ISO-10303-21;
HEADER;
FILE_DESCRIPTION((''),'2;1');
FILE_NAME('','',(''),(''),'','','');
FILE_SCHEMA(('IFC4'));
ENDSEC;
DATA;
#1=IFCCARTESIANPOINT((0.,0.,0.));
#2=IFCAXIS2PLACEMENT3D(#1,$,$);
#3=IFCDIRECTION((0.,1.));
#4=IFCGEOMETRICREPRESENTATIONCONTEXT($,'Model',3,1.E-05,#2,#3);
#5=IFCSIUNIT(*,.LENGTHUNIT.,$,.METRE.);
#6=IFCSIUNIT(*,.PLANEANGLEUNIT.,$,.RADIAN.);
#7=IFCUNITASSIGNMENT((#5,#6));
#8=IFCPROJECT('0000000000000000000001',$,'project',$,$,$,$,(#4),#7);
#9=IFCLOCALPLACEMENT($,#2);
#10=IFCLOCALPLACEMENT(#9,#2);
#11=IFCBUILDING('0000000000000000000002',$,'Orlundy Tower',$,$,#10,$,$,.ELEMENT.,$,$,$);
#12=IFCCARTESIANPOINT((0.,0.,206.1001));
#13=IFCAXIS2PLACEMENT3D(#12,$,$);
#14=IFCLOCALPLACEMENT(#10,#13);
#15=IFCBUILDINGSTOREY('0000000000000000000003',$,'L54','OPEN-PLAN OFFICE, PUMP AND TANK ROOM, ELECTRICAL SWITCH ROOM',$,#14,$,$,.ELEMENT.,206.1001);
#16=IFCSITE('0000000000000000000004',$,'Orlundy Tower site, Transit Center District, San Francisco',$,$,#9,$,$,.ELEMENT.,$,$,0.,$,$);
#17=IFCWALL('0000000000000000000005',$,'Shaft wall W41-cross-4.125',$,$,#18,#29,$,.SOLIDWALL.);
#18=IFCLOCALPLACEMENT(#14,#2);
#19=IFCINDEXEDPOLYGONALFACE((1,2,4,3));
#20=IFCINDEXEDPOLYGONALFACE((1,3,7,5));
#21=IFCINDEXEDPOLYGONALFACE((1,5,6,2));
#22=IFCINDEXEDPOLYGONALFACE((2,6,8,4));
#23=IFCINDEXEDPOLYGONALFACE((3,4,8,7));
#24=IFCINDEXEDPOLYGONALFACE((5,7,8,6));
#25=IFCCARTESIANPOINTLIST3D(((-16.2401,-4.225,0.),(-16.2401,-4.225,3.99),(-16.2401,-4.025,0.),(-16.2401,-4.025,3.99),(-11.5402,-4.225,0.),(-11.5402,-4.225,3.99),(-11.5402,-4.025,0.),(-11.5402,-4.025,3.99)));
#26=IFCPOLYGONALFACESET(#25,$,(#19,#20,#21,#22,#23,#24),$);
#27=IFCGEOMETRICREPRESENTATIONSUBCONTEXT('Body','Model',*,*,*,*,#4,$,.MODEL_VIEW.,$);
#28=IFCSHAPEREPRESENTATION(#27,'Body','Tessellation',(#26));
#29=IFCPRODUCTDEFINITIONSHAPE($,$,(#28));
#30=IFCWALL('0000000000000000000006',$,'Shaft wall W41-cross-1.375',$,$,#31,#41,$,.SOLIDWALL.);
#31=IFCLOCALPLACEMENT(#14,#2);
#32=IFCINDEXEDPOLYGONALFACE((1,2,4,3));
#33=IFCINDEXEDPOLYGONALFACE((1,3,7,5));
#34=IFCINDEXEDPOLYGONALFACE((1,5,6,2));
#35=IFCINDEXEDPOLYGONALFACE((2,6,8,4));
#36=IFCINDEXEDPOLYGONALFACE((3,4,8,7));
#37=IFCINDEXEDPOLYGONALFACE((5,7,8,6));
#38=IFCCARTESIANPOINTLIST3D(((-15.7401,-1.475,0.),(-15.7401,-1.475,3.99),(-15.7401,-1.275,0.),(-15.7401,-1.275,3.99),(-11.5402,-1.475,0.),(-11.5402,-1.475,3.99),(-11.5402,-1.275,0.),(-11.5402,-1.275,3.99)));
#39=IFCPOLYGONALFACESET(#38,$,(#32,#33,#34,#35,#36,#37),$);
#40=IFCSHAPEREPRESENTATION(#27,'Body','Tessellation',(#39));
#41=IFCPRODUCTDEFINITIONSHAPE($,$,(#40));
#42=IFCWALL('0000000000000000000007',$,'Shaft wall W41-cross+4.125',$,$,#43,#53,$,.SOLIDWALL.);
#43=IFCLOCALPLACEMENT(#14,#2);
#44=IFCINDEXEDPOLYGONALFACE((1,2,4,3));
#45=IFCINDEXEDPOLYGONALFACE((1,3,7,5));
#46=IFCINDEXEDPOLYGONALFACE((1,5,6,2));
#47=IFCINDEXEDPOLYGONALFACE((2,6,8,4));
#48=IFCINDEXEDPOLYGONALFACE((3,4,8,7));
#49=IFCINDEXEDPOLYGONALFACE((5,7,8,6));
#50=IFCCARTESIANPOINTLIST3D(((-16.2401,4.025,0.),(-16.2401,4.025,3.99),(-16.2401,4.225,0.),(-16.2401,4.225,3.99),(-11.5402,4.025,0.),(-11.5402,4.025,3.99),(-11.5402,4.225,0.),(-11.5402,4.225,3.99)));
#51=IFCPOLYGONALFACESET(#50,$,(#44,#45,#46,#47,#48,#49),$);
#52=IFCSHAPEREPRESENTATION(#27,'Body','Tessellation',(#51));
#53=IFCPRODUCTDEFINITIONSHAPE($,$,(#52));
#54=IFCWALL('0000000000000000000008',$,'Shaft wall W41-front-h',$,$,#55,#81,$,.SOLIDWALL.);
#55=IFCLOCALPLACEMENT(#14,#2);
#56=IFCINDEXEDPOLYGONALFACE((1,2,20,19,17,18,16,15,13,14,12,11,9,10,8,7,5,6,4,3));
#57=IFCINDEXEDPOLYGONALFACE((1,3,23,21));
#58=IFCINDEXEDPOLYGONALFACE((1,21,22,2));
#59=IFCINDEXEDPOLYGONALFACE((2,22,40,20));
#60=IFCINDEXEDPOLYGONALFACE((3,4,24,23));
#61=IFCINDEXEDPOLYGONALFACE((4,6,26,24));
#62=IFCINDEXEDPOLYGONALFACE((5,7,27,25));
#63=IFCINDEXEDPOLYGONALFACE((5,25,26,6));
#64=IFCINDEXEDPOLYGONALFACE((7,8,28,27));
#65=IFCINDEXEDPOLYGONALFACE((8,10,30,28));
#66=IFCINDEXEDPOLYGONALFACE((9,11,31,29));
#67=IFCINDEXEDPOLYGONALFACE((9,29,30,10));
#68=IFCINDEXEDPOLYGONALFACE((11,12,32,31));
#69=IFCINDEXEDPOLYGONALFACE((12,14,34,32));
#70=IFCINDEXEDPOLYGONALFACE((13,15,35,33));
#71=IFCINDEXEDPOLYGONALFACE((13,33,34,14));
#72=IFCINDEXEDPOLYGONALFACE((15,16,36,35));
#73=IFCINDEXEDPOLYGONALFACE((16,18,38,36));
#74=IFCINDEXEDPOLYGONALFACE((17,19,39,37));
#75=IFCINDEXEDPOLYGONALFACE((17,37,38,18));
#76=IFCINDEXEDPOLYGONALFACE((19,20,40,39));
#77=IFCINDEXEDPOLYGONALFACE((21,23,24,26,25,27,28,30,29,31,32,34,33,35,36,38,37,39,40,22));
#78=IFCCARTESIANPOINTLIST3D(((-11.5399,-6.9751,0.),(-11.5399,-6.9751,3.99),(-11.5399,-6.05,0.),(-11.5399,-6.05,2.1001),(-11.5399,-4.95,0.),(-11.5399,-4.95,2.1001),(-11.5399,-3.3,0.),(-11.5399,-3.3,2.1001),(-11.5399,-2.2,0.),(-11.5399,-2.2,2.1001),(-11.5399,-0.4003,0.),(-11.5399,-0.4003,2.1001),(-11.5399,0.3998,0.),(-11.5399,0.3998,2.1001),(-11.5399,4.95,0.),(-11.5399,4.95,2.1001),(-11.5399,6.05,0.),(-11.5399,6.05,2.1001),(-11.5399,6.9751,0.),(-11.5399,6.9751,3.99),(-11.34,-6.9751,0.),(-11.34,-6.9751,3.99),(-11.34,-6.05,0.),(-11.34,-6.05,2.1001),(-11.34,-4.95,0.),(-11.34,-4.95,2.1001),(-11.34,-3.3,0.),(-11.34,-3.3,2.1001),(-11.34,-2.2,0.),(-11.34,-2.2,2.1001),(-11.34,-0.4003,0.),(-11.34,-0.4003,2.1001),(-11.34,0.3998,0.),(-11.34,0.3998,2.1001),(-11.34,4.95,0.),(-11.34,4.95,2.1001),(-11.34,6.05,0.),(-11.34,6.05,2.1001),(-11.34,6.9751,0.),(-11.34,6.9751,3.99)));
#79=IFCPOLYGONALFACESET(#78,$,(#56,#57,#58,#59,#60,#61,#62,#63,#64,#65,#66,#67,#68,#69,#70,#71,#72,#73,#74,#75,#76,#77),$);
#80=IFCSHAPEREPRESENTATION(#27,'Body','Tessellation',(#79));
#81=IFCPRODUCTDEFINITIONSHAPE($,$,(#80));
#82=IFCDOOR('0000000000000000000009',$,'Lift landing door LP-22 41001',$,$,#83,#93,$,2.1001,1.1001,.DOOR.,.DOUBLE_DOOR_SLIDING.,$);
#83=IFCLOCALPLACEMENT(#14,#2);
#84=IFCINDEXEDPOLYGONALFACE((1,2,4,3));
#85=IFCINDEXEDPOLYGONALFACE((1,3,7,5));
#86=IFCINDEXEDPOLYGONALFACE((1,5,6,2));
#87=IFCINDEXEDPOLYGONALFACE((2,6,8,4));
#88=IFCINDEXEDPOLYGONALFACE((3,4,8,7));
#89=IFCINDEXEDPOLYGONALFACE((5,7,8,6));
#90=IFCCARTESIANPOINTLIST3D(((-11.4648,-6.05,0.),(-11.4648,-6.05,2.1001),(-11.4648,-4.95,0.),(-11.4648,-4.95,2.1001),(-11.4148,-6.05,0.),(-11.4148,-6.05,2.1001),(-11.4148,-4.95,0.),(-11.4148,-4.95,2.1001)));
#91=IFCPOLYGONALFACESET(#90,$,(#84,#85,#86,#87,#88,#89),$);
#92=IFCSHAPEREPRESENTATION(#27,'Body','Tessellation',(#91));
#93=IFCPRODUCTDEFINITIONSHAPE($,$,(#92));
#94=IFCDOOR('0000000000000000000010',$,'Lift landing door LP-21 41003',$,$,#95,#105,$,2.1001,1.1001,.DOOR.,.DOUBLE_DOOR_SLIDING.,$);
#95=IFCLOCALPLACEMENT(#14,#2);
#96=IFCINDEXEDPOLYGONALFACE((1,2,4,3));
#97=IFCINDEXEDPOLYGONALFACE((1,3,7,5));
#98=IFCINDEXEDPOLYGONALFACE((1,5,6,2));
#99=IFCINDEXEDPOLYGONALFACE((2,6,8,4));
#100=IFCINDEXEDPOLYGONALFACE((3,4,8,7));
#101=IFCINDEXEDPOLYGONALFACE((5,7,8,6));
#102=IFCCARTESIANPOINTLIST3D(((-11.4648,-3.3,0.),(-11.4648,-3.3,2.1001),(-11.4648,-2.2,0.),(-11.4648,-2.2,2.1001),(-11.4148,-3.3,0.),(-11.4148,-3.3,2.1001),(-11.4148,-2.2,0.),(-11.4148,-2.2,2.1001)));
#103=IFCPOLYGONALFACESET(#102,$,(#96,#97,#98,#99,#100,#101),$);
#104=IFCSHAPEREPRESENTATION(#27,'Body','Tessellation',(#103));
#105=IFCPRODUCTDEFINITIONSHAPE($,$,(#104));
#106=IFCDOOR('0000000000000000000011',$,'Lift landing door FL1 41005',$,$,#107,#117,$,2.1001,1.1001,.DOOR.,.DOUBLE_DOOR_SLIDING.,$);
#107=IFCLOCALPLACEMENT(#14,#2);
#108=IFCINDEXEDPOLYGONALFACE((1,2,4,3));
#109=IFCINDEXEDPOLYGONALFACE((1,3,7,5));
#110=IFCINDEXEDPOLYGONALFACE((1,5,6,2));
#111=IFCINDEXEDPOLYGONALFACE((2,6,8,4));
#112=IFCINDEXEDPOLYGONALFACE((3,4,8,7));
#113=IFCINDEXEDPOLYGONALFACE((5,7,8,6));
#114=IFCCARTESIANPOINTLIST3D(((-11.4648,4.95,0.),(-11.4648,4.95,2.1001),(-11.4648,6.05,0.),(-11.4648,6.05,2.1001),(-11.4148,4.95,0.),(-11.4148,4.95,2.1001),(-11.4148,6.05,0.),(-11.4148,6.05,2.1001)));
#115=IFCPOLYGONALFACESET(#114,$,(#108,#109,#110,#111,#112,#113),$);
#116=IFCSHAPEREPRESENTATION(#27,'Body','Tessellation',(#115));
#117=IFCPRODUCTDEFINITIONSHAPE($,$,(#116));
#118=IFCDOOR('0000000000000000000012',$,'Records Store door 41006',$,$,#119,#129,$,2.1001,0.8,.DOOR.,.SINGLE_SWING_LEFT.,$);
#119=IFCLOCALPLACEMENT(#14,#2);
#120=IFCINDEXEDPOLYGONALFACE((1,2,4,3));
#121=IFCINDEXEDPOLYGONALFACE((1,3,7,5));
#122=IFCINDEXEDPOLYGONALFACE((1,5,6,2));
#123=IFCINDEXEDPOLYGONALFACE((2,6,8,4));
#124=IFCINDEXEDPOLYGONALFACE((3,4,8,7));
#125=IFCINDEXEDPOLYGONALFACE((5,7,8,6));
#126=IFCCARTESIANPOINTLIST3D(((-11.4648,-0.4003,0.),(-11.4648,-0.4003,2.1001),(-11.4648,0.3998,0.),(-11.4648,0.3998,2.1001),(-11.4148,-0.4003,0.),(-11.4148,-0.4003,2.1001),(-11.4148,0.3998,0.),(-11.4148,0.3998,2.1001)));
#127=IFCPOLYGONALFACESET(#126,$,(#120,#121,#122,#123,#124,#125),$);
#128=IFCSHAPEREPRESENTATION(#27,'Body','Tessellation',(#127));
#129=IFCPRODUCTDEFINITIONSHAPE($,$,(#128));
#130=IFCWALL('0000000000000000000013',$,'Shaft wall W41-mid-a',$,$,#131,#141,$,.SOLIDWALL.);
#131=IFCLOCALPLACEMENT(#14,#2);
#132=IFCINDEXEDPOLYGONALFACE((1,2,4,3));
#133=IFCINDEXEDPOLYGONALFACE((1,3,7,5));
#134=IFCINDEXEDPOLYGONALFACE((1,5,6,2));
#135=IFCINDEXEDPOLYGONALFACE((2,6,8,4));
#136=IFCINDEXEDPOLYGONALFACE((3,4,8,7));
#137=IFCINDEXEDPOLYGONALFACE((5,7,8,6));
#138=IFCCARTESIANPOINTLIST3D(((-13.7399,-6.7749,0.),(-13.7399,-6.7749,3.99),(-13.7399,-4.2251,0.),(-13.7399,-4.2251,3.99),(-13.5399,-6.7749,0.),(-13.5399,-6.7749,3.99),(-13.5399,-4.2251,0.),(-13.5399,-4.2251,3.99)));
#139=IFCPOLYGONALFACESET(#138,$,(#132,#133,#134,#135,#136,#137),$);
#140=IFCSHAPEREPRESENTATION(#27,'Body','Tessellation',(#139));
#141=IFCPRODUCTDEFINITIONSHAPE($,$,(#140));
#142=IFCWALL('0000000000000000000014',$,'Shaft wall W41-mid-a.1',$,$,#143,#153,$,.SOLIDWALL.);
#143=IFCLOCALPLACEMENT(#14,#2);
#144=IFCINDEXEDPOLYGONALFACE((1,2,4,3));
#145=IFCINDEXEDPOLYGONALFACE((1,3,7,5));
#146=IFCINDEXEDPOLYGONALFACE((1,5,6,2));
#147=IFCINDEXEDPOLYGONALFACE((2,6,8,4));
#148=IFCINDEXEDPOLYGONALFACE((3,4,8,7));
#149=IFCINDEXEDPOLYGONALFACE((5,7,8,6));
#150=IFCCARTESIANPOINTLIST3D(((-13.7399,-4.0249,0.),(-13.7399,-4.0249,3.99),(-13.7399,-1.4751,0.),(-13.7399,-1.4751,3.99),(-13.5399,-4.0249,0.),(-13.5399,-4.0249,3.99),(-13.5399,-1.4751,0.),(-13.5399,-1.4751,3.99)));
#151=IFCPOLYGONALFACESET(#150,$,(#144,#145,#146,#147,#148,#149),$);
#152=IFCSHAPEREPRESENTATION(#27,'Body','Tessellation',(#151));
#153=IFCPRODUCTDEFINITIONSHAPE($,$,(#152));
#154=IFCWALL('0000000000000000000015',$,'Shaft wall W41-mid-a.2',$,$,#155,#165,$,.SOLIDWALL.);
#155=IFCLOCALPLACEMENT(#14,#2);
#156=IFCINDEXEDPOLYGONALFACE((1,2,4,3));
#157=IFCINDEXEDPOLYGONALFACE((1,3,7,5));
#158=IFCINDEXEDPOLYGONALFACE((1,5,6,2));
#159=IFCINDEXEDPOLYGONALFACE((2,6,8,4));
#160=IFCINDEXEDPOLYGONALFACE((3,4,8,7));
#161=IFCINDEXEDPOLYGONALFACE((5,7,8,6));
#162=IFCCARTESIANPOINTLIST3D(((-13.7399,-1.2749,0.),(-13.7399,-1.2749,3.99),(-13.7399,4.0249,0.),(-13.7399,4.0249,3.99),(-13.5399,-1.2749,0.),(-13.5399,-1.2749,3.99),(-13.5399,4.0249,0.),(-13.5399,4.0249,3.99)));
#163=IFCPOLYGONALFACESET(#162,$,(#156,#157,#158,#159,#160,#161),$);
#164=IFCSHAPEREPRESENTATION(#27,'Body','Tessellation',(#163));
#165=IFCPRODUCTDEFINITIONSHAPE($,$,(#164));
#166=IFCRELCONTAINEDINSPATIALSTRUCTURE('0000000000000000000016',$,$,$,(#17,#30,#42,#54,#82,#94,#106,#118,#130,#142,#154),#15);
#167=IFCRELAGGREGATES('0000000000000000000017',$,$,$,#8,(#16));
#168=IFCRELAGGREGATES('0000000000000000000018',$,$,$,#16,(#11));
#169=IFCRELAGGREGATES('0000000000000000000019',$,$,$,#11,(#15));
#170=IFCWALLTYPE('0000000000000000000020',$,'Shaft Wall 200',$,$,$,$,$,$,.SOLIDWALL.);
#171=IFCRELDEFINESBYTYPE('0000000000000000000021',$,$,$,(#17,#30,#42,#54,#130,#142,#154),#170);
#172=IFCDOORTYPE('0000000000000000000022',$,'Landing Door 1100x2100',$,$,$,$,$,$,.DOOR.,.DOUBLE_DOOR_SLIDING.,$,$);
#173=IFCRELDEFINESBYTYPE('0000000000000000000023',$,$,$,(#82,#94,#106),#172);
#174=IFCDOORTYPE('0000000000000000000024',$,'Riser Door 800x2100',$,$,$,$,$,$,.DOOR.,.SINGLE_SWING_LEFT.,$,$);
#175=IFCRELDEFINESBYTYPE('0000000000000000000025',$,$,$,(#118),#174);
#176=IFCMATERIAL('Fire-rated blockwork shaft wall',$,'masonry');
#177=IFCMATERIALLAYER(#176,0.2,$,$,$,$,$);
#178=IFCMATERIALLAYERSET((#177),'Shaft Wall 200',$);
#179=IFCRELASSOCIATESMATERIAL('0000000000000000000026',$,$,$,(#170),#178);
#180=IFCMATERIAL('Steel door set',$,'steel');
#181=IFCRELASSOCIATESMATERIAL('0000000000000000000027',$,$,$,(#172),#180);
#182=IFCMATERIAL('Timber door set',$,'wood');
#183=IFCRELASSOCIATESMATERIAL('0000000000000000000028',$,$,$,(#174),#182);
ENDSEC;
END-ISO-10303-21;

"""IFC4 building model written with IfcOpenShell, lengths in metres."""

from ifc_helpers import new_model, si_unit, direction, frame, frame_2d, origin, place, context, subcontext, project, spatial, rectangle, extrude, material, layer, layer_set, type_object, element, fill, save


model = new_model("IFC4")

# Units and contexts
model_context = context("Model", 3, precision=1e-05, world=origin(), true_north=direction((0.0, 1.0)))
body_context = subcontext(model_context, "Body", "Model", "MODEL_VIEW")
ifc_project = project(units=[si_unit("LENGTHUNIT", "METRE"), si_unit("PLANEANGLEUNIT", "RADIAN")], contexts=[model_context])

# Site, building, storey
site_placement = place(None, origin())
site = spatial("IfcSite", under=ifc_project, at=site_placement, Name="Orlundy Tower site, Transit Center District, San Francisco", CompositionType="ELEMENT", RefElevation=0.0)
building_placement = place(site_placement, origin())
building = spatial("IfcBuilding", under=site, at=building_placement, Name="Orlundy Tower", CompositionType="ELEMENT")
storey_placement = place(building_placement, frame((0.0, 0.0, 206.1001)))
storey = spatial("IfcBuildingStorey", under=building, at=storey_placement, Name="L54", Description="OPEN-PLAN OFFICE, PUMP AND TANK ROOM, ELECTRICAL SWITCH ROOM", CompositionType="ELEMENT", Elevation=206.1001)

# Walls
ifc_material_1 = material(Name="Fire-rated blockwork shaft wall", Category="masonry")
ifc_layer_1 = layer(ifc_material_1, 0.2)
ifc_layer_set_1 = layer_set([ifc_layer_1], Name="Shaft Wall 200")
wall_type_1 = type_object("IfcWallType", Name="Shaft Wall 200", PredefinedType="SOLIDWALL", material=ifc_layer_set_1)
wall_1_placement = place(storey_placement, frame((-11.54, -4.125, 0.0), z_axis=(0.0, 0.0, 1.0), x_axis=(-1.0, 0.0, 0.0)))
element("IfcWall", 1, at=wall_1_placement, inside=storey, type_object=wall_type_1, Name="Shaft wall W41-cross-4.125", PredefinedType="SOLIDWALL", context=body_context, shape_type="SweptSolid", body=[
    extrude(rectangle(XDim=4.7, YDim=0.2, at=frame_2d((2.3501, 0.0))), origin(), (0.0, 0.0, 1.0), 3.99),
])
wall_2_placement = place(storey_placement, frame((-11.54, -1.375, 0.0), z_axis=(0.0, 0.0, 1.0), x_axis=(-1.0, 0.0, 0.0)))
element("IfcWall", 2, at=wall_2_placement, inside=storey, type_object=wall_type_1, Name="Shaft wall W41-cross-1.375", PredefinedType="SOLIDWALL", context=body_context, shape_type="SweptSolid", body=[
    extrude(rectangle(XDim=4.2, YDim=0.2, at=frame_2d((2.1001, 0.0))), origin(), (0.0, 0.0, 1.0), 3.99),
])
wall_3_placement = place(storey_placement, frame((-11.54, 4.125, 0.0), z_axis=(0.0, 0.0, 1.0), x_axis=(-1.0, 0.0, 0.0)))
element("IfcWall", 3, at=wall_3_placement, inside=storey, type_object=wall_type_1, Name="Shaft wall W41-cross+4.125", PredefinedType="SOLIDWALL", context=body_context, shape_type="SweptSolid", body=[
    extrude(rectangle(XDim=4.7, YDim=0.2, at=frame_2d((2.3501, 0.0))), origin(), (0.0, 0.0, 1.0), 3.99),
])

# Wall, openings, doors
wall_4_placement = place(storey_placement, frame((-11.4399, -6.9751, 0.0), z_axis=(0.0, 0.0, 1.0), x_axis=(0.0, 1.0, 0.0)))
wall_4 = element("IfcWall", 4, at=wall_4_placement, inside=storey, type_object=wall_type_1, Name="Shaft wall W41-front-h", PredefinedType="SOLIDWALL", context=body_context, shape_type="SweptSolid", body=[
    extrude(rectangle(XDim=13.9502, YDim=0.2, at=frame_2d((6.9751, 0.0))), origin(), (0.0, 0.0, 1.0), 3.99),
])
opening_1_placement = place(wall_4_placement, frame((0.925, 0.0, 0.0)))
opening_1 = element("IfcOpeningElement", 5, at=opening_1_placement, cuts=wall_4, PredefinedType="OPENING", context=body_context, shape_type="SweptSolid", body=[
    extrude(rectangle(XDim=1.1001, YDim=2.1001, at=frame_2d((0.55, 1.05))), frame((0.0, 0.1101, 0.0), z_axis=(0.0, -1.0, 0.0), x_axis=(1.0, 0.0, 0.0)), (0.0, 0.0, 1.0), 0.2202),
])
opening_2_placement = place(wall_4_placement, frame((3.675, 0.0, 0.0)))
opening_2 = element("IfcOpeningElement", 6, at=opening_2_placement, cuts=wall_4, PredefinedType="OPENING", context=body_context, shape_type="SweptSolid", body=[
    extrude(rectangle(XDim=1.1001, YDim=2.1001, at=frame_2d((0.55, 1.05))), frame((0.0, 0.1101, 0.0), z_axis=(0.0, -1.0, 0.0), x_axis=(1.0, 0.0, 0.0)), (0.0, 0.0, 1.0), 0.2202),
])
opening_3_placement = place(wall_4_placement, frame((11.925, 0.0, 0.0)))
opening_3 = element("IfcOpeningElement", 7, at=opening_3_placement, cuts=wall_4, PredefinedType="OPENING", context=body_context, shape_type="SweptSolid", body=[
    extrude(rectangle(XDim=1.1001, YDim=2.1001, at=frame_2d((0.55, 1.05))), frame((0.0, 0.1101, 0.0), z_axis=(0.0, -1.0, 0.0), x_axis=(1.0, 0.0, 0.0)), (0.0, 0.0, 1.0), 0.2202),
])
opening_4_placement = place(wall_4_placement, frame((6.575, 0.0, 0.0)))
opening_4 = element("IfcOpeningElement", 8, at=opening_4_placement, cuts=wall_4, PredefinedType="OPENING", context=body_context, shape_type="SweptSolid", body=[
    extrude(rectangle(XDim=0.8, YDim=2.1001, at=frame_2d((0.3999, 1.05))), frame((0.0, 0.1101, 0.0), z_axis=(0.0, -1.0, 0.0), x_axis=(1.0, 0.0, 0.0)), (0.0, 0.0, 1.0), 0.2202),
])
ifc_material_2 = material(Name="Steel door set", Category="steel")
door_type_1 = type_object("IfcDoorType", Name="Landing Door 1100x2100", OperationType="DOUBLE_DOOR_SLIDING", PredefinedType="DOOR", material=ifc_material_2)
door_1_placement = place(opening_1_placement, origin())
door_1 = element("IfcDoor", 9, at=door_1_placement, inside=storey, type_object=door_type_1, Name="Lift landing door LP-22 41001", OperationType="DOUBLE_DOOR_SLIDING", OverallHeight=2.1001, OverallWidth=1.1001, PredefinedType="DOOR", context=body_context, shape_type="SweptSolid", body=[
    extrude(rectangle(XDim=1.1001, YDim=2.1001, at=frame_2d((0.55, 1.05))), frame((0.0, 0.0249, 0.0), z_axis=(0.0, -1.0, 0.0), x_axis=(1.0, 0.0, 0.0)), (0.0, 0.0, 1.0), 0.05),
])
fill(opening_1, door_1)
door_2_placement = place(opening_2_placement, origin())
door_2 = element("IfcDoor", 10, at=door_2_placement, inside=storey, type_object=door_type_1, Name="Lift landing door LP-21 41003", OperationType="DOUBLE_DOOR_SLIDING", OverallHeight=2.1001, OverallWidth=1.1001, PredefinedType="DOOR", context=body_context, shape_type="SweptSolid", body=[
    extrude(rectangle(XDim=1.1001, YDim=2.1001, at=frame_2d((0.55, 1.05))), frame((0.0, 0.0249, 0.0), z_axis=(0.0, -1.0, 0.0), x_axis=(1.0, 0.0, 0.0)), (0.0, 0.0, 1.0), 0.05),
])
fill(opening_2, door_2)
door_3_placement = place(opening_3_placement, origin())
door_3 = element("IfcDoor", 11, at=door_3_placement, inside=storey, type_object=door_type_1, Name="Lift landing door FL1 41005", OperationType="DOUBLE_DOOR_SLIDING", OverallHeight=2.1001, OverallWidth=1.1001, PredefinedType="DOOR", context=body_context, shape_type="SweptSolid", body=[
    extrude(rectangle(XDim=1.1001, YDim=2.1001, at=frame_2d((0.55, 1.05))), frame((0.0, 0.0249, 0.0), z_axis=(0.0, -1.0, 0.0), x_axis=(1.0, 0.0, 0.0)), (0.0, 0.0, 1.0), 0.05),
])
fill(opening_3, door_3)
ifc_material_3 = material(Name="Timber door set", Category="wood")
door_type_2 = type_object("IfcDoorType", Name="Riser Door 800x2100", OperationType="SINGLE_SWING_LEFT", PredefinedType="DOOR", material=ifc_material_3)
door_4_placement = place(opening_4_placement, origin())
door_4 = element("IfcDoor", 12, at=door_4_placement, inside=storey, type_object=door_type_2, Name="Records Store door 41006", OperationType="SINGLE_SWING_LEFT", OverallHeight=2.1001, OverallWidth=0.8, PredefinedType="DOOR", context=body_context, shape_type="SweptSolid", body=[
    extrude(rectangle(XDim=0.8, YDim=2.1001, at=frame_2d((0.3999, 1.05))), frame((0.0, 0.0249, 0.0), z_axis=(0.0, -1.0, 0.0), x_axis=(1.0, 0.0, 0.0)), (0.0, 0.0, 1.0), 0.05),
])
fill(opening_4, door_4)

# Walls
for number, where, z_axis, x_axis, name in (
    (13, (-13.6399, -6.7749, 0.0), (0.0, 0.0, 1.0), (0.0, 1.0, 0.0), "Shaft wall W41-mid-a"),
    (14, (-13.6399, -4.0249, 0.0), (0.0, 0.0, 1.0), (0.0, 1.0, 0.0), "Shaft wall W41-mid-a.1"),
):
    element("IfcWall", number, at=place(storey_placement, frame(where, z_axis=z_axis, x_axis=x_axis)), inside=storey, type_object=wall_type_1, Name=name, PredefinedType="SOLIDWALL", context=body_context, shape_type="SweptSolid", body=[
        extrude(rectangle(XDim=2.5498, YDim=0.2, at=frame_2d((1.2749, 0.0))), origin(), (0.0, 0.0, 1.0), 3.99),
    ])
wall_5_placement = place(storey_placement, frame((-13.6399, -1.2749, 0.0), z_axis=(0.0, 0.0, 1.0), x_axis=(0.0, 1.0, 0.0)))
element("IfcWall", 15, at=wall_5_placement, inside=storey, type_object=wall_type_1, Name="Shaft wall W41-mid-a.2", PredefinedType="SOLIDWALL", context=body_context, shape_type="SweptSolid", body=[
    extrude(rectangle(XDim=5.2998, YDim=0.2, at=frame_2d((2.6499, 0.0))), origin(), (0.0, 0.0, 1.0), 3.99),
])

save(model, "model.ifc")
